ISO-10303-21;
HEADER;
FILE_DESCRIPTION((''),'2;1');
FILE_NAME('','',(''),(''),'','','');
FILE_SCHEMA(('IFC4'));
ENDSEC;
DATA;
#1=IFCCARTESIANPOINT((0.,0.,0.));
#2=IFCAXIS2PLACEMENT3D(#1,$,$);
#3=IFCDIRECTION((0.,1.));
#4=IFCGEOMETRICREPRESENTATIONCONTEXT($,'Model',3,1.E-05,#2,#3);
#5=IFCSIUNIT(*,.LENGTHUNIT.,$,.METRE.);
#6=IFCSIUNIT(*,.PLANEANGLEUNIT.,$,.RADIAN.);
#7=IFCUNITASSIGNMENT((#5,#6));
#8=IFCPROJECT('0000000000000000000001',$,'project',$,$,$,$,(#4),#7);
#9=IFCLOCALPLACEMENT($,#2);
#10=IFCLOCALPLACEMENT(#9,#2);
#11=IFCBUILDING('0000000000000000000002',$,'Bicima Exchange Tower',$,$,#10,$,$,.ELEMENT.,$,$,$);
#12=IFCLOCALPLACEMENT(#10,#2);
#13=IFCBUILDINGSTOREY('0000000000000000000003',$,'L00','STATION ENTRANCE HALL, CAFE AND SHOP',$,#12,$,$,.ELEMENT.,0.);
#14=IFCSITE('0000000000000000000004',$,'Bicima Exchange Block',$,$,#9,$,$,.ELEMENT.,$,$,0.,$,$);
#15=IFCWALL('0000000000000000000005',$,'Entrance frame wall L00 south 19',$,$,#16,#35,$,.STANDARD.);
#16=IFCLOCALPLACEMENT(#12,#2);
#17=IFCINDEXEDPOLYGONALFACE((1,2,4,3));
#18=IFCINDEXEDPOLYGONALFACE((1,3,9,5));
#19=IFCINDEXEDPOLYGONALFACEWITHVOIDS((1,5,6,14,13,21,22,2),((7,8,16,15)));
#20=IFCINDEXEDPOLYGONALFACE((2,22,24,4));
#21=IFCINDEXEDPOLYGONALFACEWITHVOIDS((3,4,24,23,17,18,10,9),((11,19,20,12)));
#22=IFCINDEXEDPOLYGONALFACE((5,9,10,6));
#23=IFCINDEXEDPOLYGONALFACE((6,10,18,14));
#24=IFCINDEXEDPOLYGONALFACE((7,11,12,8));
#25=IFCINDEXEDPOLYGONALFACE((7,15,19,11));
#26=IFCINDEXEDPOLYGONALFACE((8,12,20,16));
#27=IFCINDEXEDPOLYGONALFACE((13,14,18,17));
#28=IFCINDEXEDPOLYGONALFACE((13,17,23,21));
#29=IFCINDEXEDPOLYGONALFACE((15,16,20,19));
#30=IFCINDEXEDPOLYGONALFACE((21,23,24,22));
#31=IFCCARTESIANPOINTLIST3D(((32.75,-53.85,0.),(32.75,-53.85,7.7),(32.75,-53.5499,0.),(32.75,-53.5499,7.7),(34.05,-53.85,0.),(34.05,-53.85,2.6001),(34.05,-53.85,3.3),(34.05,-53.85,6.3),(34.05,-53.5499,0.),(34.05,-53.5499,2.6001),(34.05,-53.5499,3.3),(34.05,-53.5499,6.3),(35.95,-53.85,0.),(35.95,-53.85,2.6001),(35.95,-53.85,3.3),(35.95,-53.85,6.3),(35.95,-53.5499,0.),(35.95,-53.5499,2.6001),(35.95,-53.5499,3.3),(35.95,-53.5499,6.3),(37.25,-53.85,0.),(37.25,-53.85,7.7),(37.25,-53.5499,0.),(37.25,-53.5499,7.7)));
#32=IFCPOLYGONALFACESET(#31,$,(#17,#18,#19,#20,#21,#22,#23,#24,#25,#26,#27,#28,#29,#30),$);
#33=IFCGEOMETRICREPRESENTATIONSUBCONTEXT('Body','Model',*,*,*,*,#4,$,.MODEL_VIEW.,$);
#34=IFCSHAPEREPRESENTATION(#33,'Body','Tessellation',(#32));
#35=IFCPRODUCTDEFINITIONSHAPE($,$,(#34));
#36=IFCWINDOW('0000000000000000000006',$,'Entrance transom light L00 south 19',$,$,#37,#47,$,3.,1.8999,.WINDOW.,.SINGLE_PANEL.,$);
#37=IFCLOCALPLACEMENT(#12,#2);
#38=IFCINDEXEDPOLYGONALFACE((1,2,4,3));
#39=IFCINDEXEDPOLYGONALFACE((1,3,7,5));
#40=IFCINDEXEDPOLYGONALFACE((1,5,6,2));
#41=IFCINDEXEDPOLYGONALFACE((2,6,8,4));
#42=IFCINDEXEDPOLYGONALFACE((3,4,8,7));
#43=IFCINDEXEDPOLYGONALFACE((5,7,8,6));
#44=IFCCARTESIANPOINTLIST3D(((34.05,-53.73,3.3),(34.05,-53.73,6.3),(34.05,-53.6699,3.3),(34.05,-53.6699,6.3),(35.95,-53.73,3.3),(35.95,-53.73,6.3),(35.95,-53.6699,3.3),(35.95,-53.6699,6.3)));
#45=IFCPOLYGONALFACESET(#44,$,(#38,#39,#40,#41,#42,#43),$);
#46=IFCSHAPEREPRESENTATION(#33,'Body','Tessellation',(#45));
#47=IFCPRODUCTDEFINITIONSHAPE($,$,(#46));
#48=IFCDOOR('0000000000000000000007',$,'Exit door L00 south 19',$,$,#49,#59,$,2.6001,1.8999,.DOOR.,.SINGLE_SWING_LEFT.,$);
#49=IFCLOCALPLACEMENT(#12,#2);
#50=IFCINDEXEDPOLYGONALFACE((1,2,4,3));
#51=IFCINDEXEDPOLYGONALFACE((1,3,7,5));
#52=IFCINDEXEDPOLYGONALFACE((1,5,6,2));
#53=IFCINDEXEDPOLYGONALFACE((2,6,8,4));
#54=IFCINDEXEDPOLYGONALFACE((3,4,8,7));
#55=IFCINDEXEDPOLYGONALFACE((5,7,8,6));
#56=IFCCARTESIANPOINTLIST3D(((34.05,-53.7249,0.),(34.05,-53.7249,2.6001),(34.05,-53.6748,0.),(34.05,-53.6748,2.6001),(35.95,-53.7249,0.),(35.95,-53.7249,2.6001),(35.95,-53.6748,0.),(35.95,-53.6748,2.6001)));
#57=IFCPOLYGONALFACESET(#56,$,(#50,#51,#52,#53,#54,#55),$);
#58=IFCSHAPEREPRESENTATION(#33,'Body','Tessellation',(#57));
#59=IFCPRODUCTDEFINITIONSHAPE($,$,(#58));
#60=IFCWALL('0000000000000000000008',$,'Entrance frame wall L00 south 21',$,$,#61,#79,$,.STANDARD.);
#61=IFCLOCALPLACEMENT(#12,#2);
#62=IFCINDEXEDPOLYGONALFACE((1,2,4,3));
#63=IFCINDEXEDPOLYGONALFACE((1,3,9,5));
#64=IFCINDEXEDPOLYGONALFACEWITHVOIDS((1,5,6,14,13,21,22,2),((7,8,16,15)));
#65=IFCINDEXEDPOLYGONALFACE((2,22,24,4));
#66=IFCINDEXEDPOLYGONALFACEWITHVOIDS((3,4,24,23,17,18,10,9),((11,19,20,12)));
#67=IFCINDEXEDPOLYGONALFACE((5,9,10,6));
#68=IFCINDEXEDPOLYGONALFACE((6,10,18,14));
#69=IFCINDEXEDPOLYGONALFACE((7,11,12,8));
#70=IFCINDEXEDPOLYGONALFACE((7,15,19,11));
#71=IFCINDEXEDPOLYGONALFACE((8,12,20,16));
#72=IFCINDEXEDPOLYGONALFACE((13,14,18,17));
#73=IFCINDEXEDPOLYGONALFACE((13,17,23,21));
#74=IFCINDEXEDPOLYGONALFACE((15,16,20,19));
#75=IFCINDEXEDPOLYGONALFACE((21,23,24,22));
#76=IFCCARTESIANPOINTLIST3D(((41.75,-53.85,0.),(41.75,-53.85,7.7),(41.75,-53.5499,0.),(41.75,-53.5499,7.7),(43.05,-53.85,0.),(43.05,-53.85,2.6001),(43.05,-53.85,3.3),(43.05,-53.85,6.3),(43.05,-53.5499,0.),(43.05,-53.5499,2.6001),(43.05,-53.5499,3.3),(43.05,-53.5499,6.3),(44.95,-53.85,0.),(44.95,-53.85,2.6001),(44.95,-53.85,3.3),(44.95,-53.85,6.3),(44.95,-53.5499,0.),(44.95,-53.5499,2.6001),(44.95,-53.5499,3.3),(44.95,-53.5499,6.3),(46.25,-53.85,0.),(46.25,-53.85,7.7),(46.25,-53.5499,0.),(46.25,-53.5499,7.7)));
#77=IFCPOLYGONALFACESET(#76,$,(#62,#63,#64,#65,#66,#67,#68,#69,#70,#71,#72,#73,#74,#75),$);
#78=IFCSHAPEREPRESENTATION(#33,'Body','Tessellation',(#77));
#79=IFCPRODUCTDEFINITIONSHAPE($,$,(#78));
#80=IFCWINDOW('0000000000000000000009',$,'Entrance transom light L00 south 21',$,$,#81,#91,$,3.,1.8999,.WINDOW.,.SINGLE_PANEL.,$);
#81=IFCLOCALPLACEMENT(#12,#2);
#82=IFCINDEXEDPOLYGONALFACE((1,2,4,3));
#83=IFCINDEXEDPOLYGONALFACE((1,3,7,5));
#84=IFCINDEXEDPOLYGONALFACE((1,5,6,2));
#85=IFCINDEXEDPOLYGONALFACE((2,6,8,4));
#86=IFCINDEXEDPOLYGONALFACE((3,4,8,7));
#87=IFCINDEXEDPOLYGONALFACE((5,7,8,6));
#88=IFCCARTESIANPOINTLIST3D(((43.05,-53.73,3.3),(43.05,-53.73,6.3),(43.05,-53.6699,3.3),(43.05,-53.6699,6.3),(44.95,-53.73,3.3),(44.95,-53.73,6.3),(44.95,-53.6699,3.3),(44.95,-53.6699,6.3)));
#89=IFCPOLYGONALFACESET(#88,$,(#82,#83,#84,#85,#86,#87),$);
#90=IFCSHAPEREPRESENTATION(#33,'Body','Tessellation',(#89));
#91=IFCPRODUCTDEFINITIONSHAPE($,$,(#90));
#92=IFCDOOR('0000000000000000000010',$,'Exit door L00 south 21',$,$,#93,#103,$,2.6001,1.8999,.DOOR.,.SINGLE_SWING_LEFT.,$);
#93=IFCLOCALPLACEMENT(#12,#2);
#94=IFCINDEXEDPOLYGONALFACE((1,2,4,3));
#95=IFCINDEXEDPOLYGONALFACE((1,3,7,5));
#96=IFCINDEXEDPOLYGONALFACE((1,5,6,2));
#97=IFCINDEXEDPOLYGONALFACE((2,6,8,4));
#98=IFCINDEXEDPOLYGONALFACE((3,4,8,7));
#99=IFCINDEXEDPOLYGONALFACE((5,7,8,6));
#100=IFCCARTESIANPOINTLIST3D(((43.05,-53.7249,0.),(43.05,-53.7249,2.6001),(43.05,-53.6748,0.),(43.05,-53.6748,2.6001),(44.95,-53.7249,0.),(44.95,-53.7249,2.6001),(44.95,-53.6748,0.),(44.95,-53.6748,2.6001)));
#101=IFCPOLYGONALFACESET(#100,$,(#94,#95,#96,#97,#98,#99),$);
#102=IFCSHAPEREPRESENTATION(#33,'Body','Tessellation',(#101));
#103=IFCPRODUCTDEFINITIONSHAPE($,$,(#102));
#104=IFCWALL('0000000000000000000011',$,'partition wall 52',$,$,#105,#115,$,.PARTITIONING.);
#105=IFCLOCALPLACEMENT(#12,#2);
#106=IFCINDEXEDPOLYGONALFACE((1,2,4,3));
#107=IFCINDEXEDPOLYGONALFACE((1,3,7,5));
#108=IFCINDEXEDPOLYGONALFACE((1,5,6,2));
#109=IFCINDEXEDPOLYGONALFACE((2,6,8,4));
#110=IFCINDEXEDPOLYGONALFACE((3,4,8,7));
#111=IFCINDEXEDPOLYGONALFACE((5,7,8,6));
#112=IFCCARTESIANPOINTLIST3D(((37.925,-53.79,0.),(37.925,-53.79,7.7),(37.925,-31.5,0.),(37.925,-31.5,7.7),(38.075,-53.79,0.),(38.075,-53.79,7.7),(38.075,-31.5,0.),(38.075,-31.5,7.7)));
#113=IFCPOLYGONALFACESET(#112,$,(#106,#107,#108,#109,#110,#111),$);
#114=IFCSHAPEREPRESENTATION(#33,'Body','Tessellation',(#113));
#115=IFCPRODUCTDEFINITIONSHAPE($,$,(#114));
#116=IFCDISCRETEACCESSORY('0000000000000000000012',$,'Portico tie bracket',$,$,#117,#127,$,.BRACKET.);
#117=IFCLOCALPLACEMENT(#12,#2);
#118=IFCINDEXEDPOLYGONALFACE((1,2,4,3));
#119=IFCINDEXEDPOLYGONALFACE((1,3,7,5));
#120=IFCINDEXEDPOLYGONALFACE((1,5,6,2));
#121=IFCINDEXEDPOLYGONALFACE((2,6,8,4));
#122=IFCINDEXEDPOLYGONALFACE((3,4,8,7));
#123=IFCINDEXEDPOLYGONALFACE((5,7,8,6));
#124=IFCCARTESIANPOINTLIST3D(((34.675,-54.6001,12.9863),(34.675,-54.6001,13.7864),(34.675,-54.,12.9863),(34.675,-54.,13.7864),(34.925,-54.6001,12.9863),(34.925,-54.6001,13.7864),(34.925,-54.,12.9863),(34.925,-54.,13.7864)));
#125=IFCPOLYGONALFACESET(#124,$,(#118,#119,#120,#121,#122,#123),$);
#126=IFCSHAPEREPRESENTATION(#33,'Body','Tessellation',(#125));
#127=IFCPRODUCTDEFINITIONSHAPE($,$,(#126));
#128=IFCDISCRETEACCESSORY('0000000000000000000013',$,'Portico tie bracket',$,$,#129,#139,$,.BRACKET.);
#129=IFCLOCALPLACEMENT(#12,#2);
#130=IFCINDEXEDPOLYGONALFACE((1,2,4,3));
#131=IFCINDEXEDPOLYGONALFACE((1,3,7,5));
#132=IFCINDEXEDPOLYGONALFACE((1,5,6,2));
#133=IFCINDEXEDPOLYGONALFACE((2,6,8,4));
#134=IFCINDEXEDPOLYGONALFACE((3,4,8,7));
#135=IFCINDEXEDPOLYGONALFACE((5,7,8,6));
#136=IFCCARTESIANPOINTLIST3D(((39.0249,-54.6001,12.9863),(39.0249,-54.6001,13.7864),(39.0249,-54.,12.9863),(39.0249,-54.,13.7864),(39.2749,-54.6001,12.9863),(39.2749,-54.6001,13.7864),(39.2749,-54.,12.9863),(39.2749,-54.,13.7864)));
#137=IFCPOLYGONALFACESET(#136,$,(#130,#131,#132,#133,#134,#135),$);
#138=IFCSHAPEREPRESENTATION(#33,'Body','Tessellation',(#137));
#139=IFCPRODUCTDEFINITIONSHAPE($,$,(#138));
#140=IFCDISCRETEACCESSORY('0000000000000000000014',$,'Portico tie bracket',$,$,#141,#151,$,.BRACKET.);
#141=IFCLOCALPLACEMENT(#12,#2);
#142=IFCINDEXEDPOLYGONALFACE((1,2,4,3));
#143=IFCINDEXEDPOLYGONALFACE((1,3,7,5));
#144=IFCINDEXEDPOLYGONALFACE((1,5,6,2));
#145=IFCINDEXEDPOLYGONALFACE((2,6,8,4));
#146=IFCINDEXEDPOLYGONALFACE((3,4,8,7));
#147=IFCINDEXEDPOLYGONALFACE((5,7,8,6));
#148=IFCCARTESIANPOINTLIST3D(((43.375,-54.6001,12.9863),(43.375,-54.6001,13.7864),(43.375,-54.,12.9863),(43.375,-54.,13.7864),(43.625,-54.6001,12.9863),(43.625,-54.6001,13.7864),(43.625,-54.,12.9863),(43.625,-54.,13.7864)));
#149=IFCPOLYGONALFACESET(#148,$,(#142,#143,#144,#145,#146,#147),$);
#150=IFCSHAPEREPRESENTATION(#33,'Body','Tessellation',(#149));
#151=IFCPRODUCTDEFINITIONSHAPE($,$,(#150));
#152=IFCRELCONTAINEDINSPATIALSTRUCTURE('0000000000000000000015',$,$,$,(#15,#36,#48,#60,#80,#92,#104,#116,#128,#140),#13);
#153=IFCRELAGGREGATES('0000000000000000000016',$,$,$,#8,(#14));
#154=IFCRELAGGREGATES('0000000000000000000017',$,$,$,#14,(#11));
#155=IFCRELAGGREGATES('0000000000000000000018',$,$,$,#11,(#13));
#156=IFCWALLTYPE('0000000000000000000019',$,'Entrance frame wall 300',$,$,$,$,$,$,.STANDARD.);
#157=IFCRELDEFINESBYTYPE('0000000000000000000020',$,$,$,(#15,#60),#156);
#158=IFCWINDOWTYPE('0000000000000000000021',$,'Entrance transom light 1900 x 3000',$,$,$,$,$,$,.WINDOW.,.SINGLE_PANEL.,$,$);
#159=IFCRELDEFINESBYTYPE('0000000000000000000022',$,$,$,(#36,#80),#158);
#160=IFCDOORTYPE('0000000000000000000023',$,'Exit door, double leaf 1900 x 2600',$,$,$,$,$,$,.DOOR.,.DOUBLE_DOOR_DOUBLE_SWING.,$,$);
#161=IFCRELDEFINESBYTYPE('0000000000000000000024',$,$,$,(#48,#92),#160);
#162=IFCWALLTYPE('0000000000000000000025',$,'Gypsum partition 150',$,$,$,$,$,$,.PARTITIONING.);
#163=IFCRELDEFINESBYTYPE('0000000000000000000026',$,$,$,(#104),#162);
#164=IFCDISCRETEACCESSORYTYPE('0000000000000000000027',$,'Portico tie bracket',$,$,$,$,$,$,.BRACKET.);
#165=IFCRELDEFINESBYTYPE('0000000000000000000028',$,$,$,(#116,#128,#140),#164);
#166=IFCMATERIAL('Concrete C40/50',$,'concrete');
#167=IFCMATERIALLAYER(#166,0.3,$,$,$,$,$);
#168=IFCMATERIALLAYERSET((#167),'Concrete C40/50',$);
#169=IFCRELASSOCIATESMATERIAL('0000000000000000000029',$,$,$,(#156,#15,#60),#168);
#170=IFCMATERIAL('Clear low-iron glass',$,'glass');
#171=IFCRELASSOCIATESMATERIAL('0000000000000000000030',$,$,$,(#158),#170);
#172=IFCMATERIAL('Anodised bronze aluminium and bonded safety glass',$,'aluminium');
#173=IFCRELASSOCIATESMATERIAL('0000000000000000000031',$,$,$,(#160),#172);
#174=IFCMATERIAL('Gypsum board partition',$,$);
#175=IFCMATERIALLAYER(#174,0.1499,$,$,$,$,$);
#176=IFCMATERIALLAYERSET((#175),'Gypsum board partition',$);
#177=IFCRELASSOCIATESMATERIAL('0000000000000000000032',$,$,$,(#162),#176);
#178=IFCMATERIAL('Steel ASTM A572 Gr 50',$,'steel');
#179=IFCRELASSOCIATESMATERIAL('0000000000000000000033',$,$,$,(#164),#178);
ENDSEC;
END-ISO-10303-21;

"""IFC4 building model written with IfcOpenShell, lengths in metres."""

from ifc_helpers import new_model, si_unit, direction, frame, frame_2d, origin, origin_2d, place, context, subcontext, project, spatial, rectangle, extrude, material, layer, layer_set, layer_usage, type_object, element, fill, save


model = new_model("IFC4")

# Units and contexts
model_context = context("Model", 3, precision=1e-05, world=origin(), true_north=direction((0.0, 1.0)))
body_context = subcontext(model_context, "Body", "Model", "MODEL_VIEW")
ifc_project = project(units=[si_unit("LENGTHUNIT", "METRE"), si_unit("PLANEANGLEUNIT", "RADIAN")], contexts=[model_context])

# Site, building, storey
site_placement = place(None, origin())
site = spatial("IfcSite", under=ifc_project, at=site_placement, Name="Bicima Exchange Block", CompositionType="ELEMENT", RefElevation=0.0)
building_placement = place(site_placement, origin())
building = spatial("IfcBuilding", under=site, at=building_placement, Name="Bicima Exchange Tower", CompositionType="ELEMENT")
storey_placement = place(building_placement, origin())
storey = spatial("IfcBuildingStorey", under=building, at=storey_placement, Name="L00", Description="STATION ENTRANCE HALL, CAFE AND SHOP", CompositionType="ELEMENT", Elevation=0.0)

# Shared definitions
ifc_material_1 = material(Name="Steel ASTM A572 Gr 50", Category="steel")

# Shared definitions
ifc_material_2 = material(Name="Clear low-iron glass", Category="glass")

# Walls, openings, windows, doors
ifc_material_3 = material(Name="Concrete C40/50", Category="concrete")
ifc_layer_1 = layer(ifc_material_3, 0.3)
ifc_layer_set_1 = layer_set([ifc_layer_1], Name="Concrete C40/50")
ifc_layer_usage = layer_usage(ifc_layer_set_1, "AXIS2", "POSITIVE", -0.15)
wall_type_1 = type_object("IfcWallType", Name="Entrance frame wall 300", PredefinedType="STANDARD", material=ifc_layer_set_1)
wall_1_placement = place(storey_placement, frame((37.25, -53.7, 0.0), z_axis=(0.0, 0.0, 1.0), x_axis=(-1.0, 0.0, 0.0)))
wall_1 = element("IfcWall", 1, at=wall_1_placement, inside=storey, type_object=wall_type_1, material=ifc_layer_usage, Name="Entrance frame wall L00 south 19", PredefinedType="STANDARD", context=body_context, shape_type="SweptSolid", body=[
    extrude(rectangle(XDim=4.5, YDim=0.3, at=frame_2d((2.25, 0.0))), origin(), (0.0, 0.0, 1.0), 7.7),
])
opening_1_placement = place(wall_1_placement, frame((1.3, 0.0, 0.0)))
opening_1 = element("IfcOpeningElement", 2, at=opening_1_placement, cuts=wall_1, PredefinedType="OPENING", context=body_context, shape_type="SweptSolid", body=[
    extrude(rectangle(XDim=1.8999, YDim=2.6001, at=frame_2d((0.95, 1.3))), frame((0.0, 0.1621, 0.0), z_axis=(0.0, -1.0, 0.0), x_axis=(1.0, 0.0, 0.0)), (0.0, 0.0, 1.0), 0.324),
])
opening_2_placement = place(wall_1_placement, frame((1.3, 0.0, 3.3)))
opening_2 = element("IfcOpeningElement", 3, at=opening_2_placement, cuts=wall_1, PredefinedType="OPENING", context=body_context, shape_type="SweptSolid", body=[
    extrude(rectangle(XDim=1.8999, YDim=3.0, at=frame_2d((0.95, 1.5))), frame((0.0, 0.1621, 0.0), z_axis=(0.0, -1.0, 0.0), x_axis=(1.0, 0.0, 0.0)), (0.0, 0.0, 1.0), 0.324),
])
window_type = type_object("IfcWindowType", Name="Entrance transom light 1900 x 3000", PartitioningType="SINGLE_PANEL", PredefinedType="WINDOW", material=ifc_material_2)
window_1_placement = place(opening_2_placement, origin())
window_1 = element("IfcWindow", 4, at=window_1_placement, inside=storey, type_object=window_type, Name="Entrance transom light L00 south 19", OverallHeight=3.0, OverallWidth=1.8999, PartitioningType="SINGLE_PANEL", PredefinedType="WINDOW", context=body_context, shape_type="SweptSolid", body=[
    extrude(rectangle(XDim=1.8999, YDim=3.0, at=frame_2d((0.95, 1.5))), frame((0.0, 0.03, 0.0), z_axis=(0.0, -1.0, 0.0), x_axis=(1.0, 0.0, 0.0)), (0.0, 0.0, 1.0), 0.0601),
])
fill(opening_2, window_1)
ifc_material_4 = material(Name="Anodised bronze aluminium and bonded safety glass", Category="aluminium")
door_type = type_object("IfcDoorType", Name="Exit door, double leaf 1900 x 2600", OperationType="DOUBLE_DOOR_DOUBLE_SWING", PredefinedType="DOOR", material=ifc_material_4)
door_1_placement = place(opening_1_placement, origin())
door_1 = element("IfcDoor", 5, at=door_1_placement, inside=storey, type_object=door_type, Name="Exit door L00 south 19", OperationType="SINGLE_SWING_LEFT", OverallHeight=2.6001, OverallWidth=1.8999, PredefinedType="DOOR", context=body_context, shape_type="SweptSolid", body=[
    extrude(rectangle(XDim=1.8999, YDim=2.6001, at=frame_2d((0.95, 1.3))), frame((0.0, 0.0249, 0.0), z_axis=(0.0, -1.0, 0.0), x_axis=(1.0, 0.0, 0.0)), (0.0, 0.0, 1.0), 0.05),
])
fill(opening_1, door_1)
wall_2_placement = place(storey_placement, frame((46.25, -53.7, 0.0), z_axis=(0.0, 0.0, 1.0), x_axis=(-1.0, 0.0, 0.0)))
wall_2 = element("IfcWall", 6, at=wall_2_placement, inside=storey, type_object=wall_type_1, material=ifc_layer_usage, Name="Entrance frame wall L00 south 21", PredefinedType="STANDARD", context=body_context, shape_type="SweptSolid", body=[
    extrude(rectangle(XDim=4.5, YDim=0.3, at=frame_2d((2.25, 0.0))), origin(), (0.0, 0.0, 1.0), 7.7),
])
opening_3_placement = place(wall_2_placement, frame((1.3, 0.0, 0.0)))
opening_3 = element("IfcOpeningElement", 7, at=opening_3_placement, cuts=wall_2, PredefinedType="OPENING", context=body_context, shape_type="SweptSolid", body=[
    extrude(rectangle(XDim=1.8999, YDim=2.6001, at=frame_2d((0.95, 1.3))), frame((0.0, 0.1621, 0.0), z_axis=(0.0, -1.0, 0.0), x_axis=(1.0, 0.0, 0.0)), (0.0, 0.0, 1.0), 0.324),
])
opening_4_placement = place(wall_2_placement, frame((1.3, 0.0, 3.3)))
opening_4 = element("IfcOpeningElement", 8, at=opening_4_placement, cuts=wall_2, PredefinedType="OPENING", context=body_context, shape_type="SweptSolid", body=[
    extrude(rectangle(XDim=1.8999, YDim=3.0, at=frame_2d((0.95, 1.5))), frame((0.0, 0.1621, 0.0), z_axis=(0.0, -1.0, 0.0), x_axis=(1.0, 0.0, 0.0)), (0.0, 0.0, 1.0), 0.324),
])
window_2_placement = place(opening_4_placement, origin())
window_2 = element("IfcWindow", 9, at=window_2_placement, inside=storey, type_object=window_type, Name="Entrance transom light L00 south 21", OverallHeight=3.0, OverallWidth=1.8999, PartitioningType="SINGLE_PANEL", PredefinedType="WINDOW", context=body_context, shape_type="SweptSolid", body=[
    extrude(rectangle(XDim=1.8999, YDim=3.0, at=frame_2d((0.95, 1.5))), frame((0.0, 0.03, 0.0), z_axis=(0.0, -1.0, 0.0), x_axis=(1.0, 0.0, 0.0)), (0.0, 0.0, 1.0), 0.0601),
])
fill(opening_4, window_2)
door_2_placement = place(opening_3_placement, origin())
door_2 = element("IfcDoor", 10, at=door_2_placement, inside=storey, type_object=door_type, Name="Exit door L00 south 21", OperationType="SINGLE_SWING_LEFT", OverallHeight=2.6001, OverallWidth=1.8999, PredefinedType="DOOR", context=body_context, shape_type="SweptSolid", body=[
    extrude(rectangle(XDim=1.8999, YDim=2.6001, at=frame_2d((0.95, 1.3))), frame((0.0, 0.0249, 0.0), z_axis=(0.0, -1.0, 0.0), x_axis=(1.0, 0.0, 0.0)), (0.0, 0.0, 1.0), 0.05),
])
fill(opening_3, door_2)

# Wall
ifc_material_5 = material(Name="Gypsum board partition")
ifc_layer_2 = layer(ifc_material_5, 0.1499)
ifc_layer_set_2 = layer_set([ifc_layer_2], Name="Gypsum board partition")
wall_type_2 = type_object("IfcWallType", Name="Gypsum partition 150", PredefinedType="PARTITIONING", material=ifc_layer_set_2)
wall_3_placement = place(storey_placement, frame((38.0, -53.79, 0.0), z_axis=(0.0, 0.0, 1.0), x_axis=(0.0, 1.0, 0.0)))
element("IfcWall", 11, at=wall_3_placement, inside=storey, type_object=wall_type_2, Name="partition wall 52", PredefinedType="PARTITIONING", context=body_context, shape_type="SweptSolid", body=[
    extrude(rectangle(XDim=22.29, YDim=0.1499, at=frame_2d((11.145, 0.0))), origin(), (0.0, 0.0, 1.0), 7.7),
])

# Discrete accessories
discrete_accessory_type = type_object("IfcDiscreteAccessoryType", Name="Portico tie bracket", PredefinedType="BRACKET", material=ifc_material_1)
for number, where, z_axis, x_axis, name in (
    (12, (34.8, -54.3, 12.9863), (0.0, 0.0, 1.0), (1.0, 0.0, 0.0), "Portico tie bracket"),
    (13, (39.1499, -54.3, 12.9863), (0.0, 0.0, 1.0), (1.0, 0.0, 0.0), "Portico tie bracket"),
    (14, (43.5, -54.3, 12.9863), (0.0, 0.0, 1.0), (1.0, 0.0, 0.0), "Portico tie bracket"),
):
    element("IfcDiscreteAccessory", number, at=place(storey_placement, frame(where, z_axis=z_axis, x_axis=x_axis)), inside=storey, type_object=discrete_accessory_type, Name=name, PredefinedType="BRACKET", context=body_context, shape_type="SweptSolid", body=[
        extrude(rectangle(XDim=0.25, YDim=0.6001, at=origin_2d()), origin(), (0.0, 0.0, 1.0), 0.8),
    ])

save(model, "model.ifc")
